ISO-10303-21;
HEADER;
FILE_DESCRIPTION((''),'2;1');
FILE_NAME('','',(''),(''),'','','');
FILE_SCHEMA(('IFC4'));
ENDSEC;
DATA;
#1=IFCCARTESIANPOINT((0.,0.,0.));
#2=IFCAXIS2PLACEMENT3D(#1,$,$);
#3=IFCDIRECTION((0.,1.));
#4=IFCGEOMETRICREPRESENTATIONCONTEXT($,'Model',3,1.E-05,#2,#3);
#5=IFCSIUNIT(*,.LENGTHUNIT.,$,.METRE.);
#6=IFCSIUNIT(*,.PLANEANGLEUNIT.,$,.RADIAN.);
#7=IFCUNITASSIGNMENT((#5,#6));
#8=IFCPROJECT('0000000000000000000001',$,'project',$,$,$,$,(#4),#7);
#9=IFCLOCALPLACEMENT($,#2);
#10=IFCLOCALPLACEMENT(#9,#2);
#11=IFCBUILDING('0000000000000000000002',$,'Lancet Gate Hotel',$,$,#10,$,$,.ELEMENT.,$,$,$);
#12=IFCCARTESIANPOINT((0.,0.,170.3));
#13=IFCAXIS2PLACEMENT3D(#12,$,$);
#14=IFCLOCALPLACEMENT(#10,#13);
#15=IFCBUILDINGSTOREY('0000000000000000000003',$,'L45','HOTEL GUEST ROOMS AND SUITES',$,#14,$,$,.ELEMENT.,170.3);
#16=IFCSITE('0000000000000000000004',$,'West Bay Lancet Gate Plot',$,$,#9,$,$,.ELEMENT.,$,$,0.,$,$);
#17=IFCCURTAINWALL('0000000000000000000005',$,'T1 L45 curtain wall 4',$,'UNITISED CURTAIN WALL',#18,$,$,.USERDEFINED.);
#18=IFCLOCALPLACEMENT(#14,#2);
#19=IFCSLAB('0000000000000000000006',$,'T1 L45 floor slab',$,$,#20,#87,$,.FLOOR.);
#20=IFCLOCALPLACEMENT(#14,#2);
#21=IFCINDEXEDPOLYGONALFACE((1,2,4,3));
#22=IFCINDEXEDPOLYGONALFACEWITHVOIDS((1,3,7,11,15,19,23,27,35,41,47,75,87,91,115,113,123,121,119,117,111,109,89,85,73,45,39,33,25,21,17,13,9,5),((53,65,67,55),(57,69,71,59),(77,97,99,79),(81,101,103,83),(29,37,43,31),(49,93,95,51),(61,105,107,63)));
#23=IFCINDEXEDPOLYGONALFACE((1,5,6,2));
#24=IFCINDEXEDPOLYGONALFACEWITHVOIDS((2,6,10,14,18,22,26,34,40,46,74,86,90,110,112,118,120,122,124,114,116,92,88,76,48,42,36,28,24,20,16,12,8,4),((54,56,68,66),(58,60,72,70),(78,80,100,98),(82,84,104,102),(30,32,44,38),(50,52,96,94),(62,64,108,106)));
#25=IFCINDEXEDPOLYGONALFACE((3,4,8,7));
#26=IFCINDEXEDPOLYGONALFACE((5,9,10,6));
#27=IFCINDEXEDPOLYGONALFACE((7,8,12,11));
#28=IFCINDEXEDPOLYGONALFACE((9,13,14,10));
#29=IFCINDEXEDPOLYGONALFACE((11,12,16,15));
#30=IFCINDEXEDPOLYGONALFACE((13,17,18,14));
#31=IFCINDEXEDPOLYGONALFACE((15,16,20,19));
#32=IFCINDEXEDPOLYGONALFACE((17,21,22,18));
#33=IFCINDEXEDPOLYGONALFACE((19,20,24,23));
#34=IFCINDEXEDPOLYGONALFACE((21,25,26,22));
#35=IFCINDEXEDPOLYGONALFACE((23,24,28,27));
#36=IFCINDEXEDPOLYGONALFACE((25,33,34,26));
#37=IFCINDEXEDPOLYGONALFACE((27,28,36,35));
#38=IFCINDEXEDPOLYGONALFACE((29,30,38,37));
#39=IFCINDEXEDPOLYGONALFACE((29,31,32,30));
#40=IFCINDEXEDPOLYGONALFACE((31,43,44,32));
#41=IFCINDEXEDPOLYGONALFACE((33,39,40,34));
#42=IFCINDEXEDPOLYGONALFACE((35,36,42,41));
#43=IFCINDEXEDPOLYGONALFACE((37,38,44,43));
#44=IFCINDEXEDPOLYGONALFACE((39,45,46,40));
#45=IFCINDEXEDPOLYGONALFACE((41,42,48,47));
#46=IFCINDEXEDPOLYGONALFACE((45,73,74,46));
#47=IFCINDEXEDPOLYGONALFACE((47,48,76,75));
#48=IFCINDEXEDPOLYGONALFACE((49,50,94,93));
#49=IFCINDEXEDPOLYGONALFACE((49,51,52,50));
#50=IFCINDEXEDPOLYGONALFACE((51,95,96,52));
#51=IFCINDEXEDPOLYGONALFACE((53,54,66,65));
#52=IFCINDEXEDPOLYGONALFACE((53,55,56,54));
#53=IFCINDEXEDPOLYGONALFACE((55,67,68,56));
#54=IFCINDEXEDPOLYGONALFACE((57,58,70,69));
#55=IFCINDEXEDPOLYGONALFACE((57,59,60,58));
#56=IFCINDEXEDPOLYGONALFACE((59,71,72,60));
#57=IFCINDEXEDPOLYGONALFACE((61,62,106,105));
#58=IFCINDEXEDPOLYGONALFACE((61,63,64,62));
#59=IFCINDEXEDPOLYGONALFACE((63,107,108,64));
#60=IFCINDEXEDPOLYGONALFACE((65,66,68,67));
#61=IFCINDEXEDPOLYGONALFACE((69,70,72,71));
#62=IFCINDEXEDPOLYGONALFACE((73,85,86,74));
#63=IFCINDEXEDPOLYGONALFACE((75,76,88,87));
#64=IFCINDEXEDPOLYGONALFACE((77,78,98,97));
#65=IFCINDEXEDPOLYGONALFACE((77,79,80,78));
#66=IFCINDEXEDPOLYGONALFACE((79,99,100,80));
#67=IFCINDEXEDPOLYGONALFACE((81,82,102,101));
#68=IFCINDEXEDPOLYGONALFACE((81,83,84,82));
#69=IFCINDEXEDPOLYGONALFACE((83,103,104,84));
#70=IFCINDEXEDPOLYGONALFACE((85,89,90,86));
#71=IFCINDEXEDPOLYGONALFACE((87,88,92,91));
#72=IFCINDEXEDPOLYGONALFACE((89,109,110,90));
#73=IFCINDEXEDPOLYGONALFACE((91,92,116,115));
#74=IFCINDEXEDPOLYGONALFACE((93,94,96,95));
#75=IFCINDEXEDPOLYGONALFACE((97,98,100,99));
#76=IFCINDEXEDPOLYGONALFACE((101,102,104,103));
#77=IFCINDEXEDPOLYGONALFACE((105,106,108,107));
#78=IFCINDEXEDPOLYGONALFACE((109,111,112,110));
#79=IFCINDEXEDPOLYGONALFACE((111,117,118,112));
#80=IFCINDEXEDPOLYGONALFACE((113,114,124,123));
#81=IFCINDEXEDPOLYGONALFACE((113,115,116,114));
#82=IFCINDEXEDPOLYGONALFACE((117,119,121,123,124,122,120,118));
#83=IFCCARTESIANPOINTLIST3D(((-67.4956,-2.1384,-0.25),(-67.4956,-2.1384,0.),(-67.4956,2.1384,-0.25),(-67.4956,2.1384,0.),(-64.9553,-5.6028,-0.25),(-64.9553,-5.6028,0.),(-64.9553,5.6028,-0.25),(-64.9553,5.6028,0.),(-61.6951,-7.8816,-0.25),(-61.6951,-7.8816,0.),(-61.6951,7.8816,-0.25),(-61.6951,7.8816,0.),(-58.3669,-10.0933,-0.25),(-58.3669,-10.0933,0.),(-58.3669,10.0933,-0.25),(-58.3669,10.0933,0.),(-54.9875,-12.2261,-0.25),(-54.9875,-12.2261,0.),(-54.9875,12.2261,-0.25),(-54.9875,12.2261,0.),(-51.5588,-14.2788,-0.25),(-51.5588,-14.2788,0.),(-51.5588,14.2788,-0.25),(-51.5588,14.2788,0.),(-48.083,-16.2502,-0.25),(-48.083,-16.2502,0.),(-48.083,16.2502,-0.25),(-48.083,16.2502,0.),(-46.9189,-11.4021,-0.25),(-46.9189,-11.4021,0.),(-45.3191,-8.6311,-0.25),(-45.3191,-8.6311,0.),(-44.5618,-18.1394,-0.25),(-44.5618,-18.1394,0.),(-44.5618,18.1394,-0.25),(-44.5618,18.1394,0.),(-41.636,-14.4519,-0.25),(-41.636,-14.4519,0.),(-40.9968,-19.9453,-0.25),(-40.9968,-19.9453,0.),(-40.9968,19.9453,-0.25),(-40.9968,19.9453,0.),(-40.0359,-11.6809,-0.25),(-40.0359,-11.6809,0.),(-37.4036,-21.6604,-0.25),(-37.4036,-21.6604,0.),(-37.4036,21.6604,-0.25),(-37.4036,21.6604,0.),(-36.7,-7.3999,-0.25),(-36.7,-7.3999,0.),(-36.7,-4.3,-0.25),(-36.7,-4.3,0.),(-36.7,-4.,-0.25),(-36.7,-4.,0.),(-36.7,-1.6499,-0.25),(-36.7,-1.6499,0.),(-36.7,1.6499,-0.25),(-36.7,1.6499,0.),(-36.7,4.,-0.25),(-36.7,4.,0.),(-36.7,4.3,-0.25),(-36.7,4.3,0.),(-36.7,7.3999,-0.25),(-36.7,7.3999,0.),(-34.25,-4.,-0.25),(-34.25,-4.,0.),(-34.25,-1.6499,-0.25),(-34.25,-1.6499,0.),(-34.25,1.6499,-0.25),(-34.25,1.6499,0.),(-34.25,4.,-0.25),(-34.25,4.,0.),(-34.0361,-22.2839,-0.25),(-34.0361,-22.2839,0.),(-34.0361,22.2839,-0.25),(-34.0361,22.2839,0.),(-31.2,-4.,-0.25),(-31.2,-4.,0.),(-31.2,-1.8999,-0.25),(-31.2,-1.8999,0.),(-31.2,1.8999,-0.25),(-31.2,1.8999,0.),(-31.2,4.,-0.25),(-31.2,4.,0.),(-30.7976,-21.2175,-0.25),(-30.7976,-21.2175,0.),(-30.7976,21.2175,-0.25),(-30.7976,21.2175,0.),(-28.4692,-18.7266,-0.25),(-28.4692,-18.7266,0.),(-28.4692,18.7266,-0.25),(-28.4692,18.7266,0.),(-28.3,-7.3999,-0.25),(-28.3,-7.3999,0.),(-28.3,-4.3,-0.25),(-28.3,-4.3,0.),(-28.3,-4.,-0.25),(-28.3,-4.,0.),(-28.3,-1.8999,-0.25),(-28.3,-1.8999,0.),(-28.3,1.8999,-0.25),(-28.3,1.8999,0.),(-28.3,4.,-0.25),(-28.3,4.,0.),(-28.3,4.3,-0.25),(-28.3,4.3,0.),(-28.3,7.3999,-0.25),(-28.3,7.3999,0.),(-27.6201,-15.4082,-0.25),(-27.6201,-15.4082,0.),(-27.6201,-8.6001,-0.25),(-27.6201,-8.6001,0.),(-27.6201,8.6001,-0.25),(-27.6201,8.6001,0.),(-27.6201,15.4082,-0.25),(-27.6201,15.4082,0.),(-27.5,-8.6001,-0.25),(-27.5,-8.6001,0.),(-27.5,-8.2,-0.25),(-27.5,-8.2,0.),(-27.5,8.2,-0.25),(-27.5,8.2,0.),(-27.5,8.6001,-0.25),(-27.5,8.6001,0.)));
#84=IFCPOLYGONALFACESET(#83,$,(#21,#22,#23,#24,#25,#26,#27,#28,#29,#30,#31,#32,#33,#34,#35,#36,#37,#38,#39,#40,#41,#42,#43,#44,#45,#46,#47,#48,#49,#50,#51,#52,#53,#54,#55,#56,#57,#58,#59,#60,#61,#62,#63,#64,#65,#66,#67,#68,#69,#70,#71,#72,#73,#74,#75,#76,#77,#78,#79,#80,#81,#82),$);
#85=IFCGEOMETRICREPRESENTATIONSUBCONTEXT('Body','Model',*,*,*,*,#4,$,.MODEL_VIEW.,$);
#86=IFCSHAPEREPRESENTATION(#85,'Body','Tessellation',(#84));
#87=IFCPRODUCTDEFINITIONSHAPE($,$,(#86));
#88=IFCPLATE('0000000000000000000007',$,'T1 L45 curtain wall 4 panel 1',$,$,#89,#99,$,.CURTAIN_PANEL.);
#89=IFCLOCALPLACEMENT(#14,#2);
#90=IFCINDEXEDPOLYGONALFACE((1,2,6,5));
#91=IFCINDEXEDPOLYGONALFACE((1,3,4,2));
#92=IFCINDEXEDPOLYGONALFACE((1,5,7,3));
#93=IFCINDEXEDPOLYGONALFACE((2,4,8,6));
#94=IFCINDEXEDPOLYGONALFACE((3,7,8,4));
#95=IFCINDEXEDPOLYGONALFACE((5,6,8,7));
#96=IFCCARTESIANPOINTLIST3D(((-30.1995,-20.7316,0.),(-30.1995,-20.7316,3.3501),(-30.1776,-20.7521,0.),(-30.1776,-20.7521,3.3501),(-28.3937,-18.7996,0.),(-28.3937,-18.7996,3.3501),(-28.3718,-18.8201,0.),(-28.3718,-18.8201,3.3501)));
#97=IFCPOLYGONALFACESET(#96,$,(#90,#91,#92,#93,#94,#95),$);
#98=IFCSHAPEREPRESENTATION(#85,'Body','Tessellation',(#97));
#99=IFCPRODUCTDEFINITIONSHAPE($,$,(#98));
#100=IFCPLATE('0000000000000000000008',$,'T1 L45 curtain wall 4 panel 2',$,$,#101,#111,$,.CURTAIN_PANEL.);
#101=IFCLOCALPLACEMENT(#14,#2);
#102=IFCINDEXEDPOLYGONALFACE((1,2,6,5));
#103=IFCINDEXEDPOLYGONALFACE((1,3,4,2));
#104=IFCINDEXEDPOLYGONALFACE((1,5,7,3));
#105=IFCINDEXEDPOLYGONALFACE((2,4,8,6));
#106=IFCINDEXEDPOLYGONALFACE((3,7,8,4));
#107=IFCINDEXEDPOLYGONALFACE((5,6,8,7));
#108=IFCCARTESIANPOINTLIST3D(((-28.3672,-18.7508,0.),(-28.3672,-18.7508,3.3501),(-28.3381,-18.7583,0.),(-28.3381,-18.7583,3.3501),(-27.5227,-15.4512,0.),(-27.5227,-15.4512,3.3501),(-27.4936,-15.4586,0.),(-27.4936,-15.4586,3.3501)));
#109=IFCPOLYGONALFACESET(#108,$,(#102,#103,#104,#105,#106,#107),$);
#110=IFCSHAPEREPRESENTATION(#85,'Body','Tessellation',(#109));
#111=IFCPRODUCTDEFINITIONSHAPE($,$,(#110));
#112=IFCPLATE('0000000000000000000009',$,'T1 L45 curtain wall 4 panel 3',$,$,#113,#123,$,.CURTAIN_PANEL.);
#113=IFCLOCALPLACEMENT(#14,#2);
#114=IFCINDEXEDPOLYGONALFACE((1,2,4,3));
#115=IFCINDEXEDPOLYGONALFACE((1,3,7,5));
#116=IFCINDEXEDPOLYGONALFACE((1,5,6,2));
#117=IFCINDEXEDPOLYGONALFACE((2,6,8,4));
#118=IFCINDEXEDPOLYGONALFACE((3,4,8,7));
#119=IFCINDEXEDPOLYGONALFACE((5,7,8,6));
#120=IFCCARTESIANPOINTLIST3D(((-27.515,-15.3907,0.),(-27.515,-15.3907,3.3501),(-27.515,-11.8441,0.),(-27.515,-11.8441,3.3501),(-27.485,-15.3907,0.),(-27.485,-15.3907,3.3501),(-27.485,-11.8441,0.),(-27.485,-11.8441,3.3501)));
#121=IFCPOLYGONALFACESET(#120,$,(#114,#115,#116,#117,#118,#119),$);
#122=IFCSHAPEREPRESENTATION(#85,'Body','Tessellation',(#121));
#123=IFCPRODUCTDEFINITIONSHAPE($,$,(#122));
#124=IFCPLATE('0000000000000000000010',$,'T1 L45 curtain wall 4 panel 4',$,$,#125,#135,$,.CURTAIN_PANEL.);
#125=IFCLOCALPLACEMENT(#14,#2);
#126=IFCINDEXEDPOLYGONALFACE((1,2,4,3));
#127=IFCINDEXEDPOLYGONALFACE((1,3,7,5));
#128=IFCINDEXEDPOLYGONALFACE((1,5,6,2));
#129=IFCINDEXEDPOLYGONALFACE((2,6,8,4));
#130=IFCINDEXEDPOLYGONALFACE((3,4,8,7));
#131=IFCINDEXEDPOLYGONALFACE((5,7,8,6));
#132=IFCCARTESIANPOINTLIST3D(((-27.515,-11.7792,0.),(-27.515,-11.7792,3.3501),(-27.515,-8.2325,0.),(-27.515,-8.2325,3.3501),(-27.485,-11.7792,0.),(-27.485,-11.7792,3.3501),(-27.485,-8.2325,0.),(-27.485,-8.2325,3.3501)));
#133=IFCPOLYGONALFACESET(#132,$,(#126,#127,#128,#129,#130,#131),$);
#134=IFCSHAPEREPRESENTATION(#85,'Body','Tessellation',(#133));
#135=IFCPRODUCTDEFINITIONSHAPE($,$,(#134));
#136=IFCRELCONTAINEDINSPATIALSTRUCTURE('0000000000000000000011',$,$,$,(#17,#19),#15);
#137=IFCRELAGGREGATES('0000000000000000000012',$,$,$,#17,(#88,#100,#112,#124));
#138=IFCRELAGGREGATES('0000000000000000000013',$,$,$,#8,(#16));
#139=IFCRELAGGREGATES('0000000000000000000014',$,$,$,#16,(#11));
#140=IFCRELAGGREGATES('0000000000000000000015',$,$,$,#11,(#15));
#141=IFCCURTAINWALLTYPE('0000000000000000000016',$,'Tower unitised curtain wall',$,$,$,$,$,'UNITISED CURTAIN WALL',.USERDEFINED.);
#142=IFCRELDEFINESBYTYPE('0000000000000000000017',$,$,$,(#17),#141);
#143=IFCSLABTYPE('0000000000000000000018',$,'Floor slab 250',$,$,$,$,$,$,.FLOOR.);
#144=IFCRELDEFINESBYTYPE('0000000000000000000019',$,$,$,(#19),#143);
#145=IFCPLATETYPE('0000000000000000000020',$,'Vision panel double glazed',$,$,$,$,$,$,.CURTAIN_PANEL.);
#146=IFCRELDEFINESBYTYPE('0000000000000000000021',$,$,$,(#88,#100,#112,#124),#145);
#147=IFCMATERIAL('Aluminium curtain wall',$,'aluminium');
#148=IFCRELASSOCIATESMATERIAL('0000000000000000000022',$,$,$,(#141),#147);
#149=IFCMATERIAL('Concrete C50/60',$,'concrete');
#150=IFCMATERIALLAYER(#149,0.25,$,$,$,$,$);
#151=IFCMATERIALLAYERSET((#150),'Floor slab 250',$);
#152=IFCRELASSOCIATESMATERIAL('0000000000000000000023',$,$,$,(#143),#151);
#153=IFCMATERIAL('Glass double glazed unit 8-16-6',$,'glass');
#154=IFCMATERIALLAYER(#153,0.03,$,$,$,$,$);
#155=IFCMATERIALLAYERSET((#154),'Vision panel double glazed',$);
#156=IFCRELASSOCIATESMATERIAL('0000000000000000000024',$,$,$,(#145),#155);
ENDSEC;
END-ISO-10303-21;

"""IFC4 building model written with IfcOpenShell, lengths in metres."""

from ifc_helpers import new_model, si_unit, direction, frame, origin, origin_2d, place, context, subcontext, project, spatial, polyline, rectangle, outline, extrude, material, layer, layer_set, type_object, element, aggregate, save


model = new_model("IFC4")

# Units and contexts
model_context = context("Model", 3, precision=1e-05, world=origin(), true_north=direction((0.0, 1.0)))
body_context = subcontext(model_context, "Body", "Model", "MODEL_VIEW")
ifc_project = project(units=[si_unit("LENGTHUNIT", "METRE"), si_unit("PLANEANGLEUNIT", "RADIAN")], contexts=[model_context])

# Site, building, storey
site_placement = place(None, origin())
site = spatial("IfcSite", under=ifc_project, at=site_placement, Name="West Bay Lancet Gate Plot", CompositionType="ELEMENT", RefElevation=0.0)
building_placement = place(site_placement, origin())
building = spatial("IfcBuilding", under=site, at=building_placement, Name="Lancet Gate Hotel", CompositionType="ELEMENT")
storey_placement = place(building_placement, frame((0.0, 0.0, 170.3)))
storey = spatial("IfcBuildingStorey", under=building, at=storey_placement, Name="L45", Description="HOTEL GUEST ROOMS AND SUITES", CompositionType="ELEMENT", Elevation=170.3)

# Curtain wall
ifc_material_1 = material(Name="Aluminium curtain wall", Category="aluminium")
curtain_wall_type = type_object("IfcCurtainWallType", Name="Tower unitised curtain wall", ElementType="UNITISED CURTAIN WALL", PredefinedType="USERDEFINED", material=ifc_material_1)
curtain_wall_placement = place(storey_placement, origin())
curtain_wall = element("IfcCurtainWall", 1, at=curtain_wall_placement, inside=storey, type_object=curtain_wall_type, Name="T1 L45 curtain wall 4", ObjectType="UNITISED CURTAIN WALL", PredefinedType="USERDEFINED")

# Slab
ifc_material_2 = material(Name="Concrete C50/60", Category="concrete")
ifc_layer_1 = layer(ifc_material_2, 0.25)
ifc_layer_set_1 = layer_set([ifc_layer_1], Name="Floor slab 250")
slab_type = type_object("IfcSlabType", Name="Floor slab 250", PredefinedType="FLOOR", material=ifc_layer_set_1)
slab_placement = place(storey_placement, frame((0.0, 0.0, -0.25)))
element("IfcSlab", 2, at=slab_placement, inside=storey, type_object=slab_type, Name="T1 L45 floor slab", PredefinedType="FLOOR", context=body_context, shape_type="SweptSolid", body=[
    extrude(outline(polyline([(-27.5, 8.6001), (-27.6201, 8.6001), (-27.6201, 15.4082), (-28.4692, 18.7266), (-30.7976, 21.2175), (-34.0361, 22.2839), (-37.4036, 21.6604), (-40.9968, 19.9453), (-44.5618, 18.1394), (-48.083, 16.2502), (-51.5588, 14.2788), (-54.9875, 12.2261), (-58.3669, 10.0933), (-61.6951, 7.8816), (-64.9553, 5.6028), (-67.4956, 2.1384), (-67.4956, -2.1384), (-64.9553, -5.6028), (-61.6951, -7.8816), (-58.3669, -10.0933), (-54.9875, -12.2261), (-51.5588, -14.2788), (-48.083, -16.2502), (-44.5618, -18.1394), (-40.9968, -19.9453), (-37.4036, -21.6604), (-34.0361, -22.2839), (-30.7976, -21.2175), (-28.4692, -18.7266), (-27.6201, -15.4082), (-27.6201, -8.6001), (-27.5, -8.6001), (-27.5, -8.2), (-27.5, 8.2), (-27.5, 8.6001)]), holes=[polyline([(-36.7, 7.3999), (-36.7, 4.3), (-28.3, 4.3), (-28.3, 7.3999), (-36.7, 7.3999)]), polyline([(-28.3, 4.0), (-31.2, 4.0), (-31.2, 1.8999), (-28.3, 1.8999), (-28.3, 4.0)]), polyline([(-34.25, 4.0), (-36.7, 4.0), (-36.7, 1.6499), (-34.25, 1.6499), (-34.25, 4.0)]), polyline([(-36.7, -1.6499), (-36.7, -4.0), (-34.25, -4.0), (-34.25, -1.6499), (-36.7, -1.6499)]), polyline([(-28.3, -1.8999), (-31.2, -1.8999), (-31.2, -4.0), (-28.3, -4.0), (-28.3, -1.8999)]), polyline([(-28.3, -4.3), (-36.7, -4.3), (-36.7, -7.3999), (-28.3, -7.3999), (-28.3, -4.3)]), polyline([(-45.3191, -8.6311), (-46.9189, -11.4021), (-41.636, -14.4519), (-40.0359, -11.6809), (-45.3191, -8.6311)])]), origin(), (0.0, 0.0, 1.0), 0.25),
])

# Plates
ifc_material_3 = material(Name="Glass double glazed unit 8-16-6", Category="glass")
ifc_layer_2 = layer(ifc_material_3, 0.03)
ifc_layer_set_2 = layer_set([ifc_layer_2], Name="Vision panel double glazed")
plate_type = type_object("IfcPlateType", Name="Vision panel double glazed", PredefinedType="CURTAIN_PANEL", material=ifc_layer_set_2)
plate_1_placement = place(storey_placement, frame((-29.2856, -19.7759, 0.0), z_axis=(0.0, 0.0, 1.0), x_axis=(0.682845, 0.730563, 0.0)))
plate_1 = element("IfcPlate", 3, at=plate_1_placement, type_object=plate_type, Name="T1 L45 curtain wall 4 panel 1", PredefinedType="CURTAIN_PANEL", context=body_context, shape_type="SweptSolid", body=[
    extrude(rectangle(XDim=2.6445, YDim=0.03, at=origin_2d()), origin(), (0.0, 0.0, 1.0), 3.3501),
])
plate_2_placement = place(storey_placement, frame((-27.9304, -17.1047, 0.0), z_axis=(0.0, 0.0, 1.0), x_axis=(0.247937, 0.968776, 0.0)))
plate_2 = element("IfcPlate", 4, at=plate_2_placement, type_object=plate_type, Name="T1 L45 curtain wall 4 panel 2", PredefinedType="CURTAIN_PANEL", context=body_context, shape_type="SweptSolid", body=[
    extrude(rectangle(XDim=3.406, YDim=0.03, at=origin_2d()), origin(), (0.0, 0.0, 1.0), 3.3501),
])
plate_3_placement = place(storey_placement, frame((-27.5, -13.6174, 0.0), z_axis=(0.0, 0.0, 1.0), x_axis=(0.0, 1.0, 0.0)))
plate_3 = element("IfcPlate", 5, at=plate_3_placement, type_object=plate_type, Name="T1 L45 curtain wall 4 panel 3", PredefinedType="CURTAIN_PANEL", context=body_context, shape_type="SweptSolid", body=[
    extrude(rectangle(XDim=3.5466, YDim=0.03, at=origin_2d()), origin(), (0.0, 0.0, 1.0), 3.3501),
])
plate_4_placement = place(storey_placement, frame((-27.5, -10.0059, 0.0), z_axis=(0.0, 0.0, 1.0), x_axis=(0.0, 1.0, 0.0)))
plate_4 = element("IfcPlate", 6, at=plate_4_placement, type_object=plate_type, Name="T1 L45 curtain wall 4 panel 4", PredefinedType="CURTAIN_PANEL", context=body_context, shape_type="SweptSolid", body=[
    extrude(rectangle(XDim=3.5466, YDim=0.03, at=origin_2d()), origin(), (0.0, 0.0, 1.0), 3.3501),
])
aggregate(curtain_wall, [plate_1, plate_2, plate_3, plate_4])

save(model, "model.ifc")
